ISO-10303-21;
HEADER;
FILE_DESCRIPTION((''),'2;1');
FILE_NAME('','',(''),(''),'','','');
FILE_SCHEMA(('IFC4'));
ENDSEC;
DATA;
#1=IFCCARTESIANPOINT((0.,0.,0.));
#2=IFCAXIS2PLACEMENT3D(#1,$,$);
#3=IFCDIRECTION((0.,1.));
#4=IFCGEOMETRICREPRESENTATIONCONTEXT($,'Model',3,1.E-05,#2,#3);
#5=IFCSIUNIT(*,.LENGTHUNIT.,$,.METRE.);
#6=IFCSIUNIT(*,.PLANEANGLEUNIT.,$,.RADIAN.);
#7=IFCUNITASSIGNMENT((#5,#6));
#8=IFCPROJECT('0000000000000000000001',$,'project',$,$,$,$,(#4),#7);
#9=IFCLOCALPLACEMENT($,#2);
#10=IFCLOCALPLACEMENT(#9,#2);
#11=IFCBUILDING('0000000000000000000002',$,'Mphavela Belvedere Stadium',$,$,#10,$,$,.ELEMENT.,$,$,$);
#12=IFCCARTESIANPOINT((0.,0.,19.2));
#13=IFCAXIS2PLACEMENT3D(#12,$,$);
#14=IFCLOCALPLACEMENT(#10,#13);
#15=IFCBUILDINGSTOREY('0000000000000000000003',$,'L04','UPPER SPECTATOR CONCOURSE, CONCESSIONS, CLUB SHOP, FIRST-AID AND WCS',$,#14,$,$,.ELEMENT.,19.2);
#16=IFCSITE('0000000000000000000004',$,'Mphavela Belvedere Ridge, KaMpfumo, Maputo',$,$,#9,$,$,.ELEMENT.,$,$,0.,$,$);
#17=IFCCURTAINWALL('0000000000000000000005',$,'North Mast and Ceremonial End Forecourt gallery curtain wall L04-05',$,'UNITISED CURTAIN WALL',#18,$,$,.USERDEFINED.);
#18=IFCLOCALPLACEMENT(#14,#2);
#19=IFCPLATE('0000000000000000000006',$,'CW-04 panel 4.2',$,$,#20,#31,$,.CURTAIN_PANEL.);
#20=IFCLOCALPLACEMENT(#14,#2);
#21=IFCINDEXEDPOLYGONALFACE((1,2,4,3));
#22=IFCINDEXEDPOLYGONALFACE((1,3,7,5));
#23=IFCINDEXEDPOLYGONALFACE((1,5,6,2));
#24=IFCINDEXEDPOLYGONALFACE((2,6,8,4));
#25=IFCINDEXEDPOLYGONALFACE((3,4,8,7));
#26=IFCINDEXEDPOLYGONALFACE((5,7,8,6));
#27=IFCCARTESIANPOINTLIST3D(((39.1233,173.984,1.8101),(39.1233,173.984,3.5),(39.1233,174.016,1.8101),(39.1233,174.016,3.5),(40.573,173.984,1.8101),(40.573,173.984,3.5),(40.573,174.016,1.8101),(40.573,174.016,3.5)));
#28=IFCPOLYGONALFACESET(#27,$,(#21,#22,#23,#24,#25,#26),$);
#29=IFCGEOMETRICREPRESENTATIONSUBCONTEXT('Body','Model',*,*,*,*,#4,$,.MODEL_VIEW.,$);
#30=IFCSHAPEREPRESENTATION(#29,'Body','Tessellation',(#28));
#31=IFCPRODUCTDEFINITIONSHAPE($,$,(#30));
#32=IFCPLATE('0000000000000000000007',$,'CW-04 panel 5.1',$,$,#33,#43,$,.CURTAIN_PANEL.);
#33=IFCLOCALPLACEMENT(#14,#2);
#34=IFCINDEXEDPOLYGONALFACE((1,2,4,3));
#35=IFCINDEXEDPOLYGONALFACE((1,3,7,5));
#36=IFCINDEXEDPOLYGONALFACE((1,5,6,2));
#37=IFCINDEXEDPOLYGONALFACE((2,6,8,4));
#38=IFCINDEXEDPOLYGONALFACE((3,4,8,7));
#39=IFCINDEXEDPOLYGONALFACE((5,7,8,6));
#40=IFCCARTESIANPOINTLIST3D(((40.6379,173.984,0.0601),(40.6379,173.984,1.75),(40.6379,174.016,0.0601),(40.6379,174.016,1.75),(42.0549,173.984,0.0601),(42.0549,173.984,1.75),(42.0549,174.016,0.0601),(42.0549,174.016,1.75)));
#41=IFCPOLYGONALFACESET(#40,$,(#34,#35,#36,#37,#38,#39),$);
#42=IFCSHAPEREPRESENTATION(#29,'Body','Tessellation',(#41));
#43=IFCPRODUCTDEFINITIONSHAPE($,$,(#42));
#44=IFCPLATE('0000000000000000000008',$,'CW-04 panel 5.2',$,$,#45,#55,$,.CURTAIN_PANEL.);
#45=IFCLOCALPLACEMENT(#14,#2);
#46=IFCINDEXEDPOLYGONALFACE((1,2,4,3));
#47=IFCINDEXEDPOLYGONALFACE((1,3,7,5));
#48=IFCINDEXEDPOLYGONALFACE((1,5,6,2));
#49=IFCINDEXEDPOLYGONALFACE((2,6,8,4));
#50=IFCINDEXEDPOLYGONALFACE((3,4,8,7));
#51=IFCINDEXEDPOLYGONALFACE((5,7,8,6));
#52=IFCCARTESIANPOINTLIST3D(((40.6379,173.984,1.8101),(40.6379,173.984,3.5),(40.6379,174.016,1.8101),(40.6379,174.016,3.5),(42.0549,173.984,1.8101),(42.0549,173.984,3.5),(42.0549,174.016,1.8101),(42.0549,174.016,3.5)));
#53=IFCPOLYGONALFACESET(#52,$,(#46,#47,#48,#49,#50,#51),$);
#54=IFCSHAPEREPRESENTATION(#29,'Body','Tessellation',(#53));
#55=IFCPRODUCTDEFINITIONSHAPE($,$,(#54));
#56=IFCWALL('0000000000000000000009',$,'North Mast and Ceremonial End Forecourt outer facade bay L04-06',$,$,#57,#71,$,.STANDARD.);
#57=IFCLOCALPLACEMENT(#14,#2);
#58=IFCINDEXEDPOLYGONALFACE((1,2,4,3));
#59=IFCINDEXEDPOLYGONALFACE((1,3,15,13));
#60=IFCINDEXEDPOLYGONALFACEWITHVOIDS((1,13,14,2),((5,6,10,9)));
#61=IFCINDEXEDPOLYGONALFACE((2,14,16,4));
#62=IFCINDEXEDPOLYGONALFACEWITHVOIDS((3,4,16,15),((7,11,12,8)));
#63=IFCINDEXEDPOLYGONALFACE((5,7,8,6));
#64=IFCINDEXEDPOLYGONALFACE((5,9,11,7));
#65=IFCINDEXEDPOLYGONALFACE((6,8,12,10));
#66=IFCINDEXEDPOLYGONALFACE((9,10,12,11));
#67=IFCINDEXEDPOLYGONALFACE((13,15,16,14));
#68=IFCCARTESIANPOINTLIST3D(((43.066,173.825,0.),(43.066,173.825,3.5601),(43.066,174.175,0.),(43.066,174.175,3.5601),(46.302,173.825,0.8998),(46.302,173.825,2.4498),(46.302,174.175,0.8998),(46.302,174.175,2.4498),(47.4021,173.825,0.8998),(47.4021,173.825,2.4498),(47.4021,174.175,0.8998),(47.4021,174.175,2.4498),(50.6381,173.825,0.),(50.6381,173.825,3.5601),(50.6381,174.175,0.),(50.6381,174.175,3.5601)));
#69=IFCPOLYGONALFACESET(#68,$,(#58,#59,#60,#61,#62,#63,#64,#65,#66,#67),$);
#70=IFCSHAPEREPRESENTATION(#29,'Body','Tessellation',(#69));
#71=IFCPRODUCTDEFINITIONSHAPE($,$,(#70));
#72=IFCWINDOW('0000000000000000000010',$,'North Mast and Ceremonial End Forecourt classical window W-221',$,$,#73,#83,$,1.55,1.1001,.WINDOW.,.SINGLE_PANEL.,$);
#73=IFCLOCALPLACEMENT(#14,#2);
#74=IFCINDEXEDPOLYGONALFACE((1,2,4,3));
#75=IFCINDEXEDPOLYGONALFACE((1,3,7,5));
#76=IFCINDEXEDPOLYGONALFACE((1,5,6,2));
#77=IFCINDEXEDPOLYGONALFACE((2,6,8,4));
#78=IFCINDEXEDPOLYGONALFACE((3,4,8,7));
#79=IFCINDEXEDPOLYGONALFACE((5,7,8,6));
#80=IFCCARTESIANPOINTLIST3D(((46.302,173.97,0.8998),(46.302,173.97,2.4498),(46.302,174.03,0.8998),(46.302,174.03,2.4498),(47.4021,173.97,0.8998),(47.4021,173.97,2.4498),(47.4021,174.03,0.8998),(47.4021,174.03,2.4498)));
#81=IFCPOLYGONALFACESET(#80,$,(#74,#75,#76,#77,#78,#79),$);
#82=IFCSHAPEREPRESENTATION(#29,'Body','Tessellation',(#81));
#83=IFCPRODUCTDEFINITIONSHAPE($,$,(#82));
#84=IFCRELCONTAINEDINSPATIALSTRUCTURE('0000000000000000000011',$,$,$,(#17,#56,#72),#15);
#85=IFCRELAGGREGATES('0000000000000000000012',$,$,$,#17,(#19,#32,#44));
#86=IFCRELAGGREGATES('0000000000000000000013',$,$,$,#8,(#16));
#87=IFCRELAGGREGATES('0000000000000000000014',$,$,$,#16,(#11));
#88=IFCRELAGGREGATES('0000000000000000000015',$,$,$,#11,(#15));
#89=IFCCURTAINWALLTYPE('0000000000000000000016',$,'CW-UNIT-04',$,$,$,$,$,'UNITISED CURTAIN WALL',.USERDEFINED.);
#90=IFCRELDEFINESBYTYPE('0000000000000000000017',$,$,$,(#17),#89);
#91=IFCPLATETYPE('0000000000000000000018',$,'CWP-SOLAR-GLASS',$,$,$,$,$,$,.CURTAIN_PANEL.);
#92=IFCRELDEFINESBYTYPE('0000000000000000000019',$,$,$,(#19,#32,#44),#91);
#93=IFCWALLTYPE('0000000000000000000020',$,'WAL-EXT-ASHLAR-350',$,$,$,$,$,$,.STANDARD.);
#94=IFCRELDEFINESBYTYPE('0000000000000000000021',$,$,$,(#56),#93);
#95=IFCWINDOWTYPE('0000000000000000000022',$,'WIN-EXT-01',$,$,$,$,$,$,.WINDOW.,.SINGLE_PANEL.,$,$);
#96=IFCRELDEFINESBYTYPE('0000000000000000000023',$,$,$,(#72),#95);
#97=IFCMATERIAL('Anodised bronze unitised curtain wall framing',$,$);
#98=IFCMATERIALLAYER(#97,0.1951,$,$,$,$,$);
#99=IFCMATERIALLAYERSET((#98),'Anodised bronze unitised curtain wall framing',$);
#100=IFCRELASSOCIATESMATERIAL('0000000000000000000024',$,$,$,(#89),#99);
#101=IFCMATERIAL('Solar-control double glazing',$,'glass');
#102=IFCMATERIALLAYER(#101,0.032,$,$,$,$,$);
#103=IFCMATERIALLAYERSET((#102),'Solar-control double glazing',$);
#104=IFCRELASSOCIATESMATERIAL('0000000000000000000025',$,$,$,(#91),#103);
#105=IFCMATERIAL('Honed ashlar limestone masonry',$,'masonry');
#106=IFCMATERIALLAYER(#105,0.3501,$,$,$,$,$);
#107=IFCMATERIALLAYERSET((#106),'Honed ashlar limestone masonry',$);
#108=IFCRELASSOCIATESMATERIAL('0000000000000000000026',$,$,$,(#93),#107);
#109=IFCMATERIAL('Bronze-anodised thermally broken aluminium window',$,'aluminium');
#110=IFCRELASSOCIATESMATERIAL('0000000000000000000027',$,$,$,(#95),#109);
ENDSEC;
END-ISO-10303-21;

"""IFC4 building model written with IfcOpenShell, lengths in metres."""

from ifc_helpers import new_model, si_unit, direction, frame, frame_2d, origin, origin_2d, place, context, subcontext, project, spatial, rectangle, extrude, material, layer, layer_set, type_object, element, fill, aggregate, save


model = new_model("IFC4")

# Units and contexts
model_context = context("Model", 3, precision=1e-05, world=origin(), true_north=direction((0.0, 1.0)))
body_context = subcontext(model_context, "Body", "Model", "MODEL_VIEW")
ifc_project = project(units=[si_unit("LENGTHUNIT", "METRE"), si_unit("PLANEANGLEUNIT", "RADIAN")], contexts=[model_context])

# Site, building, storey
site_placement = place(None, origin())
site = spatial("IfcSite", under=ifc_project, at=site_placement, Name="Mphavela Belvedere Ridge, KaMpfumo, Maputo", CompositionType="ELEMENT", RefElevation=0.0)
building_placement = place(site_placement, origin())
building = spatial("IfcBuilding", under=site, at=building_placement, Name="Mphavela Belvedere Stadium", CompositionType="ELEMENT")
storey_placement = place(building_placement, frame((0.0, 0.0, 19.2)))
storey = spatial("IfcBuildingStorey", under=building, at=storey_placement, Name="L04", Description="UPPER SPECTATOR CONCOURSE, CONCESSIONS, CLUB SHOP, FIRST-AID AND WCS", CompositionType="ELEMENT", Elevation=19.2)

# Curtain wall, plates
ifc_material_1 = material(Name="Anodised bronze unitised curtain wall framing")
ifc_layer_1 = layer(ifc_material_1, 0.1951)
ifc_layer_set_1 = layer_set([ifc_layer_1], Name="Anodised bronze unitised curtain wall framing")
curtain_wall_type = type_object("IfcCurtainWallType", Name="CW-UNIT-04", ElementType="UNITISED CURTAIN WALL", PredefinedType="USERDEFINED", material=ifc_layer_set_1)
curtain_wall_placement = place(storey_placement, origin())
curtain_wall = element("IfcCurtainWall", 1, at=curtain_wall_placement, inside=storey, type_object=curtain_wall_type, Name="North Mast and Ceremonial End Forecourt gallery curtain wall L04-05", ObjectType="UNITISED CURTAIN WALL", PredefinedType="USERDEFINED")
ifc_material_2 = material(Name="Solar-control double glazing", Category="glass")
ifc_layer_2 = layer(ifc_material_2, 0.032)
ifc_layer_set_2 = layer_set([ifc_layer_2], Name="Solar-control double glazing")
plate_type = type_object("IfcPlateType", Name="CWP-SOLAR-GLASS", PredefinedType="CURTAIN_PANEL", material=ifc_layer_set_2)
plate_1_placement = place(storey_placement, frame((39.8481, 174.0, 1.8101), z_axis=(0.0, 0.0, 1.0), x_axis=(1.0, 0.0, 0.0)))
plate_1 = element("IfcPlate", 2, at=plate_1_placement, type_object=plate_type, Name="CW-04 panel 4.2", PredefinedType="CURTAIN_PANEL", context=body_context, shape_type="SweptSolid", body=[
    extrude(rectangle(XDim=1.4497, YDim=0.032, at=origin_2d()), origin(), (0.0, 0.0, 1.0), 1.6899),
])
plate_2_placement = place(storey_placement, frame((41.3464, 174.0, 0.0601), z_axis=(0.0, 0.0, 1.0), x_axis=(1.0, 0.0, 0.0)))
plate_2 = element("IfcPlate", 3, at=plate_2_placement, type_object=plate_type, Name="CW-04 panel 5.1", PredefinedType="CURTAIN_PANEL", context=body_context, shape_type="SweptSolid", body=[
    extrude(rectangle(XDim=1.417, YDim=0.032, at=origin_2d()), origin(), (0.0, 0.0, 1.0), 1.6899),
])
plate_3_placement = place(storey_placement, frame((41.3464, 174.0, 1.8101), z_axis=(0.0, 0.0, 1.0), x_axis=(1.0, 0.0, 0.0)))
plate_3 = element("IfcPlate", 4, at=plate_3_placement, type_object=plate_type, Name="CW-04 panel 5.2", PredefinedType="CURTAIN_PANEL", context=body_context, shape_type="SweptSolid", body=[
    extrude(rectangle(XDim=1.417, YDim=0.032, at=origin_2d()), origin(), (0.0, 0.0, 1.0), 1.6899),
])
aggregate(curtain_wall, [plate_1, plate_2, plate_3])

# Wall, opening, window
ifc_material_3 = material(Name="Honed ashlar limestone masonry", Category="masonry")
ifc_layer_3 = layer(ifc_material_3, 0.3501)
ifc_layer_set_3 = layer_set([ifc_layer_3], Name="Honed ashlar limestone masonry")
wall_type = type_object("IfcWallType", Name="WAL-EXT-ASHLAR-350", PredefinedType="STANDARD", material=ifc_layer_set_3)
wall_placement = place(storey_placement, frame((43.0659, 174.0, 0.0), z_axis=(0.0, 0.0, 1.0), x_axis=(1.0, 0.0, 0.0)))
wall = element("IfcWall", 5, at=wall_placement, inside=storey, type_object=wall_type, Name="North Mast and Ceremonial End Forecourt outer facade bay L04-06", PredefinedType="STANDARD", context=body_context, shape_type="SweptSolid", body=[
    extrude(rectangle(XDim=7.572, YDim=0.3501, at=frame_2d((3.7861, 0.0))), origin(), (0.0, 0.0, 1.0), 3.5601),
])
opening_placement = place(wall_placement, frame((3.2361, 0.0, 0.8999)))
opening = element("IfcOpeningElement", 6, at=opening_placement, cuts=wall, PredefinedType="OPENING", context=body_context, shape_type="SweptSolid", body=[
    extrude(rectangle(XDim=1.1001, YDim=1.55, at=frame_2d((0.55, 0.7749))), frame((0.0, 0.1851, 0.0), z_axis=(0.0, -1.0, 0.0), x_axis=(1.0, 0.0, 0.0)), (0.0, 0.0, 1.0), 0.3701),
])
ifc_material_4 = material(Name="Bronze-anodised thermally broken aluminium window", Category="aluminium")
window_type = type_object("IfcWindowType", Name="WIN-EXT-01", PartitioningType="SINGLE_PANEL", PredefinedType="WINDOW", material=ifc_material_4)
window_placement = place(opening_placement, origin())
window = element("IfcWindow", 7, at=window_placement, inside=storey, type_object=window_type, Name="North Mast and Ceremonial End Forecourt classical window W-221", OverallHeight=1.55, OverallWidth=1.1001, PartitioningType="SINGLE_PANEL", PredefinedType="WINDOW", context=body_context, shape_type="SweptSolid", body=[
    extrude(rectangle(XDim=1.1001, YDim=1.55, at=frame_2d((0.55, 0.7749))), frame((0.0, 0.03, 0.0), z_axis=(0.0, -1.0, 0.0), x_axis=(1.0, 0.0, 0.0)), (0.0, 0.0, 1.0), 0.0601),
])
fill(opening, window)

save(model, "model.ifc")
